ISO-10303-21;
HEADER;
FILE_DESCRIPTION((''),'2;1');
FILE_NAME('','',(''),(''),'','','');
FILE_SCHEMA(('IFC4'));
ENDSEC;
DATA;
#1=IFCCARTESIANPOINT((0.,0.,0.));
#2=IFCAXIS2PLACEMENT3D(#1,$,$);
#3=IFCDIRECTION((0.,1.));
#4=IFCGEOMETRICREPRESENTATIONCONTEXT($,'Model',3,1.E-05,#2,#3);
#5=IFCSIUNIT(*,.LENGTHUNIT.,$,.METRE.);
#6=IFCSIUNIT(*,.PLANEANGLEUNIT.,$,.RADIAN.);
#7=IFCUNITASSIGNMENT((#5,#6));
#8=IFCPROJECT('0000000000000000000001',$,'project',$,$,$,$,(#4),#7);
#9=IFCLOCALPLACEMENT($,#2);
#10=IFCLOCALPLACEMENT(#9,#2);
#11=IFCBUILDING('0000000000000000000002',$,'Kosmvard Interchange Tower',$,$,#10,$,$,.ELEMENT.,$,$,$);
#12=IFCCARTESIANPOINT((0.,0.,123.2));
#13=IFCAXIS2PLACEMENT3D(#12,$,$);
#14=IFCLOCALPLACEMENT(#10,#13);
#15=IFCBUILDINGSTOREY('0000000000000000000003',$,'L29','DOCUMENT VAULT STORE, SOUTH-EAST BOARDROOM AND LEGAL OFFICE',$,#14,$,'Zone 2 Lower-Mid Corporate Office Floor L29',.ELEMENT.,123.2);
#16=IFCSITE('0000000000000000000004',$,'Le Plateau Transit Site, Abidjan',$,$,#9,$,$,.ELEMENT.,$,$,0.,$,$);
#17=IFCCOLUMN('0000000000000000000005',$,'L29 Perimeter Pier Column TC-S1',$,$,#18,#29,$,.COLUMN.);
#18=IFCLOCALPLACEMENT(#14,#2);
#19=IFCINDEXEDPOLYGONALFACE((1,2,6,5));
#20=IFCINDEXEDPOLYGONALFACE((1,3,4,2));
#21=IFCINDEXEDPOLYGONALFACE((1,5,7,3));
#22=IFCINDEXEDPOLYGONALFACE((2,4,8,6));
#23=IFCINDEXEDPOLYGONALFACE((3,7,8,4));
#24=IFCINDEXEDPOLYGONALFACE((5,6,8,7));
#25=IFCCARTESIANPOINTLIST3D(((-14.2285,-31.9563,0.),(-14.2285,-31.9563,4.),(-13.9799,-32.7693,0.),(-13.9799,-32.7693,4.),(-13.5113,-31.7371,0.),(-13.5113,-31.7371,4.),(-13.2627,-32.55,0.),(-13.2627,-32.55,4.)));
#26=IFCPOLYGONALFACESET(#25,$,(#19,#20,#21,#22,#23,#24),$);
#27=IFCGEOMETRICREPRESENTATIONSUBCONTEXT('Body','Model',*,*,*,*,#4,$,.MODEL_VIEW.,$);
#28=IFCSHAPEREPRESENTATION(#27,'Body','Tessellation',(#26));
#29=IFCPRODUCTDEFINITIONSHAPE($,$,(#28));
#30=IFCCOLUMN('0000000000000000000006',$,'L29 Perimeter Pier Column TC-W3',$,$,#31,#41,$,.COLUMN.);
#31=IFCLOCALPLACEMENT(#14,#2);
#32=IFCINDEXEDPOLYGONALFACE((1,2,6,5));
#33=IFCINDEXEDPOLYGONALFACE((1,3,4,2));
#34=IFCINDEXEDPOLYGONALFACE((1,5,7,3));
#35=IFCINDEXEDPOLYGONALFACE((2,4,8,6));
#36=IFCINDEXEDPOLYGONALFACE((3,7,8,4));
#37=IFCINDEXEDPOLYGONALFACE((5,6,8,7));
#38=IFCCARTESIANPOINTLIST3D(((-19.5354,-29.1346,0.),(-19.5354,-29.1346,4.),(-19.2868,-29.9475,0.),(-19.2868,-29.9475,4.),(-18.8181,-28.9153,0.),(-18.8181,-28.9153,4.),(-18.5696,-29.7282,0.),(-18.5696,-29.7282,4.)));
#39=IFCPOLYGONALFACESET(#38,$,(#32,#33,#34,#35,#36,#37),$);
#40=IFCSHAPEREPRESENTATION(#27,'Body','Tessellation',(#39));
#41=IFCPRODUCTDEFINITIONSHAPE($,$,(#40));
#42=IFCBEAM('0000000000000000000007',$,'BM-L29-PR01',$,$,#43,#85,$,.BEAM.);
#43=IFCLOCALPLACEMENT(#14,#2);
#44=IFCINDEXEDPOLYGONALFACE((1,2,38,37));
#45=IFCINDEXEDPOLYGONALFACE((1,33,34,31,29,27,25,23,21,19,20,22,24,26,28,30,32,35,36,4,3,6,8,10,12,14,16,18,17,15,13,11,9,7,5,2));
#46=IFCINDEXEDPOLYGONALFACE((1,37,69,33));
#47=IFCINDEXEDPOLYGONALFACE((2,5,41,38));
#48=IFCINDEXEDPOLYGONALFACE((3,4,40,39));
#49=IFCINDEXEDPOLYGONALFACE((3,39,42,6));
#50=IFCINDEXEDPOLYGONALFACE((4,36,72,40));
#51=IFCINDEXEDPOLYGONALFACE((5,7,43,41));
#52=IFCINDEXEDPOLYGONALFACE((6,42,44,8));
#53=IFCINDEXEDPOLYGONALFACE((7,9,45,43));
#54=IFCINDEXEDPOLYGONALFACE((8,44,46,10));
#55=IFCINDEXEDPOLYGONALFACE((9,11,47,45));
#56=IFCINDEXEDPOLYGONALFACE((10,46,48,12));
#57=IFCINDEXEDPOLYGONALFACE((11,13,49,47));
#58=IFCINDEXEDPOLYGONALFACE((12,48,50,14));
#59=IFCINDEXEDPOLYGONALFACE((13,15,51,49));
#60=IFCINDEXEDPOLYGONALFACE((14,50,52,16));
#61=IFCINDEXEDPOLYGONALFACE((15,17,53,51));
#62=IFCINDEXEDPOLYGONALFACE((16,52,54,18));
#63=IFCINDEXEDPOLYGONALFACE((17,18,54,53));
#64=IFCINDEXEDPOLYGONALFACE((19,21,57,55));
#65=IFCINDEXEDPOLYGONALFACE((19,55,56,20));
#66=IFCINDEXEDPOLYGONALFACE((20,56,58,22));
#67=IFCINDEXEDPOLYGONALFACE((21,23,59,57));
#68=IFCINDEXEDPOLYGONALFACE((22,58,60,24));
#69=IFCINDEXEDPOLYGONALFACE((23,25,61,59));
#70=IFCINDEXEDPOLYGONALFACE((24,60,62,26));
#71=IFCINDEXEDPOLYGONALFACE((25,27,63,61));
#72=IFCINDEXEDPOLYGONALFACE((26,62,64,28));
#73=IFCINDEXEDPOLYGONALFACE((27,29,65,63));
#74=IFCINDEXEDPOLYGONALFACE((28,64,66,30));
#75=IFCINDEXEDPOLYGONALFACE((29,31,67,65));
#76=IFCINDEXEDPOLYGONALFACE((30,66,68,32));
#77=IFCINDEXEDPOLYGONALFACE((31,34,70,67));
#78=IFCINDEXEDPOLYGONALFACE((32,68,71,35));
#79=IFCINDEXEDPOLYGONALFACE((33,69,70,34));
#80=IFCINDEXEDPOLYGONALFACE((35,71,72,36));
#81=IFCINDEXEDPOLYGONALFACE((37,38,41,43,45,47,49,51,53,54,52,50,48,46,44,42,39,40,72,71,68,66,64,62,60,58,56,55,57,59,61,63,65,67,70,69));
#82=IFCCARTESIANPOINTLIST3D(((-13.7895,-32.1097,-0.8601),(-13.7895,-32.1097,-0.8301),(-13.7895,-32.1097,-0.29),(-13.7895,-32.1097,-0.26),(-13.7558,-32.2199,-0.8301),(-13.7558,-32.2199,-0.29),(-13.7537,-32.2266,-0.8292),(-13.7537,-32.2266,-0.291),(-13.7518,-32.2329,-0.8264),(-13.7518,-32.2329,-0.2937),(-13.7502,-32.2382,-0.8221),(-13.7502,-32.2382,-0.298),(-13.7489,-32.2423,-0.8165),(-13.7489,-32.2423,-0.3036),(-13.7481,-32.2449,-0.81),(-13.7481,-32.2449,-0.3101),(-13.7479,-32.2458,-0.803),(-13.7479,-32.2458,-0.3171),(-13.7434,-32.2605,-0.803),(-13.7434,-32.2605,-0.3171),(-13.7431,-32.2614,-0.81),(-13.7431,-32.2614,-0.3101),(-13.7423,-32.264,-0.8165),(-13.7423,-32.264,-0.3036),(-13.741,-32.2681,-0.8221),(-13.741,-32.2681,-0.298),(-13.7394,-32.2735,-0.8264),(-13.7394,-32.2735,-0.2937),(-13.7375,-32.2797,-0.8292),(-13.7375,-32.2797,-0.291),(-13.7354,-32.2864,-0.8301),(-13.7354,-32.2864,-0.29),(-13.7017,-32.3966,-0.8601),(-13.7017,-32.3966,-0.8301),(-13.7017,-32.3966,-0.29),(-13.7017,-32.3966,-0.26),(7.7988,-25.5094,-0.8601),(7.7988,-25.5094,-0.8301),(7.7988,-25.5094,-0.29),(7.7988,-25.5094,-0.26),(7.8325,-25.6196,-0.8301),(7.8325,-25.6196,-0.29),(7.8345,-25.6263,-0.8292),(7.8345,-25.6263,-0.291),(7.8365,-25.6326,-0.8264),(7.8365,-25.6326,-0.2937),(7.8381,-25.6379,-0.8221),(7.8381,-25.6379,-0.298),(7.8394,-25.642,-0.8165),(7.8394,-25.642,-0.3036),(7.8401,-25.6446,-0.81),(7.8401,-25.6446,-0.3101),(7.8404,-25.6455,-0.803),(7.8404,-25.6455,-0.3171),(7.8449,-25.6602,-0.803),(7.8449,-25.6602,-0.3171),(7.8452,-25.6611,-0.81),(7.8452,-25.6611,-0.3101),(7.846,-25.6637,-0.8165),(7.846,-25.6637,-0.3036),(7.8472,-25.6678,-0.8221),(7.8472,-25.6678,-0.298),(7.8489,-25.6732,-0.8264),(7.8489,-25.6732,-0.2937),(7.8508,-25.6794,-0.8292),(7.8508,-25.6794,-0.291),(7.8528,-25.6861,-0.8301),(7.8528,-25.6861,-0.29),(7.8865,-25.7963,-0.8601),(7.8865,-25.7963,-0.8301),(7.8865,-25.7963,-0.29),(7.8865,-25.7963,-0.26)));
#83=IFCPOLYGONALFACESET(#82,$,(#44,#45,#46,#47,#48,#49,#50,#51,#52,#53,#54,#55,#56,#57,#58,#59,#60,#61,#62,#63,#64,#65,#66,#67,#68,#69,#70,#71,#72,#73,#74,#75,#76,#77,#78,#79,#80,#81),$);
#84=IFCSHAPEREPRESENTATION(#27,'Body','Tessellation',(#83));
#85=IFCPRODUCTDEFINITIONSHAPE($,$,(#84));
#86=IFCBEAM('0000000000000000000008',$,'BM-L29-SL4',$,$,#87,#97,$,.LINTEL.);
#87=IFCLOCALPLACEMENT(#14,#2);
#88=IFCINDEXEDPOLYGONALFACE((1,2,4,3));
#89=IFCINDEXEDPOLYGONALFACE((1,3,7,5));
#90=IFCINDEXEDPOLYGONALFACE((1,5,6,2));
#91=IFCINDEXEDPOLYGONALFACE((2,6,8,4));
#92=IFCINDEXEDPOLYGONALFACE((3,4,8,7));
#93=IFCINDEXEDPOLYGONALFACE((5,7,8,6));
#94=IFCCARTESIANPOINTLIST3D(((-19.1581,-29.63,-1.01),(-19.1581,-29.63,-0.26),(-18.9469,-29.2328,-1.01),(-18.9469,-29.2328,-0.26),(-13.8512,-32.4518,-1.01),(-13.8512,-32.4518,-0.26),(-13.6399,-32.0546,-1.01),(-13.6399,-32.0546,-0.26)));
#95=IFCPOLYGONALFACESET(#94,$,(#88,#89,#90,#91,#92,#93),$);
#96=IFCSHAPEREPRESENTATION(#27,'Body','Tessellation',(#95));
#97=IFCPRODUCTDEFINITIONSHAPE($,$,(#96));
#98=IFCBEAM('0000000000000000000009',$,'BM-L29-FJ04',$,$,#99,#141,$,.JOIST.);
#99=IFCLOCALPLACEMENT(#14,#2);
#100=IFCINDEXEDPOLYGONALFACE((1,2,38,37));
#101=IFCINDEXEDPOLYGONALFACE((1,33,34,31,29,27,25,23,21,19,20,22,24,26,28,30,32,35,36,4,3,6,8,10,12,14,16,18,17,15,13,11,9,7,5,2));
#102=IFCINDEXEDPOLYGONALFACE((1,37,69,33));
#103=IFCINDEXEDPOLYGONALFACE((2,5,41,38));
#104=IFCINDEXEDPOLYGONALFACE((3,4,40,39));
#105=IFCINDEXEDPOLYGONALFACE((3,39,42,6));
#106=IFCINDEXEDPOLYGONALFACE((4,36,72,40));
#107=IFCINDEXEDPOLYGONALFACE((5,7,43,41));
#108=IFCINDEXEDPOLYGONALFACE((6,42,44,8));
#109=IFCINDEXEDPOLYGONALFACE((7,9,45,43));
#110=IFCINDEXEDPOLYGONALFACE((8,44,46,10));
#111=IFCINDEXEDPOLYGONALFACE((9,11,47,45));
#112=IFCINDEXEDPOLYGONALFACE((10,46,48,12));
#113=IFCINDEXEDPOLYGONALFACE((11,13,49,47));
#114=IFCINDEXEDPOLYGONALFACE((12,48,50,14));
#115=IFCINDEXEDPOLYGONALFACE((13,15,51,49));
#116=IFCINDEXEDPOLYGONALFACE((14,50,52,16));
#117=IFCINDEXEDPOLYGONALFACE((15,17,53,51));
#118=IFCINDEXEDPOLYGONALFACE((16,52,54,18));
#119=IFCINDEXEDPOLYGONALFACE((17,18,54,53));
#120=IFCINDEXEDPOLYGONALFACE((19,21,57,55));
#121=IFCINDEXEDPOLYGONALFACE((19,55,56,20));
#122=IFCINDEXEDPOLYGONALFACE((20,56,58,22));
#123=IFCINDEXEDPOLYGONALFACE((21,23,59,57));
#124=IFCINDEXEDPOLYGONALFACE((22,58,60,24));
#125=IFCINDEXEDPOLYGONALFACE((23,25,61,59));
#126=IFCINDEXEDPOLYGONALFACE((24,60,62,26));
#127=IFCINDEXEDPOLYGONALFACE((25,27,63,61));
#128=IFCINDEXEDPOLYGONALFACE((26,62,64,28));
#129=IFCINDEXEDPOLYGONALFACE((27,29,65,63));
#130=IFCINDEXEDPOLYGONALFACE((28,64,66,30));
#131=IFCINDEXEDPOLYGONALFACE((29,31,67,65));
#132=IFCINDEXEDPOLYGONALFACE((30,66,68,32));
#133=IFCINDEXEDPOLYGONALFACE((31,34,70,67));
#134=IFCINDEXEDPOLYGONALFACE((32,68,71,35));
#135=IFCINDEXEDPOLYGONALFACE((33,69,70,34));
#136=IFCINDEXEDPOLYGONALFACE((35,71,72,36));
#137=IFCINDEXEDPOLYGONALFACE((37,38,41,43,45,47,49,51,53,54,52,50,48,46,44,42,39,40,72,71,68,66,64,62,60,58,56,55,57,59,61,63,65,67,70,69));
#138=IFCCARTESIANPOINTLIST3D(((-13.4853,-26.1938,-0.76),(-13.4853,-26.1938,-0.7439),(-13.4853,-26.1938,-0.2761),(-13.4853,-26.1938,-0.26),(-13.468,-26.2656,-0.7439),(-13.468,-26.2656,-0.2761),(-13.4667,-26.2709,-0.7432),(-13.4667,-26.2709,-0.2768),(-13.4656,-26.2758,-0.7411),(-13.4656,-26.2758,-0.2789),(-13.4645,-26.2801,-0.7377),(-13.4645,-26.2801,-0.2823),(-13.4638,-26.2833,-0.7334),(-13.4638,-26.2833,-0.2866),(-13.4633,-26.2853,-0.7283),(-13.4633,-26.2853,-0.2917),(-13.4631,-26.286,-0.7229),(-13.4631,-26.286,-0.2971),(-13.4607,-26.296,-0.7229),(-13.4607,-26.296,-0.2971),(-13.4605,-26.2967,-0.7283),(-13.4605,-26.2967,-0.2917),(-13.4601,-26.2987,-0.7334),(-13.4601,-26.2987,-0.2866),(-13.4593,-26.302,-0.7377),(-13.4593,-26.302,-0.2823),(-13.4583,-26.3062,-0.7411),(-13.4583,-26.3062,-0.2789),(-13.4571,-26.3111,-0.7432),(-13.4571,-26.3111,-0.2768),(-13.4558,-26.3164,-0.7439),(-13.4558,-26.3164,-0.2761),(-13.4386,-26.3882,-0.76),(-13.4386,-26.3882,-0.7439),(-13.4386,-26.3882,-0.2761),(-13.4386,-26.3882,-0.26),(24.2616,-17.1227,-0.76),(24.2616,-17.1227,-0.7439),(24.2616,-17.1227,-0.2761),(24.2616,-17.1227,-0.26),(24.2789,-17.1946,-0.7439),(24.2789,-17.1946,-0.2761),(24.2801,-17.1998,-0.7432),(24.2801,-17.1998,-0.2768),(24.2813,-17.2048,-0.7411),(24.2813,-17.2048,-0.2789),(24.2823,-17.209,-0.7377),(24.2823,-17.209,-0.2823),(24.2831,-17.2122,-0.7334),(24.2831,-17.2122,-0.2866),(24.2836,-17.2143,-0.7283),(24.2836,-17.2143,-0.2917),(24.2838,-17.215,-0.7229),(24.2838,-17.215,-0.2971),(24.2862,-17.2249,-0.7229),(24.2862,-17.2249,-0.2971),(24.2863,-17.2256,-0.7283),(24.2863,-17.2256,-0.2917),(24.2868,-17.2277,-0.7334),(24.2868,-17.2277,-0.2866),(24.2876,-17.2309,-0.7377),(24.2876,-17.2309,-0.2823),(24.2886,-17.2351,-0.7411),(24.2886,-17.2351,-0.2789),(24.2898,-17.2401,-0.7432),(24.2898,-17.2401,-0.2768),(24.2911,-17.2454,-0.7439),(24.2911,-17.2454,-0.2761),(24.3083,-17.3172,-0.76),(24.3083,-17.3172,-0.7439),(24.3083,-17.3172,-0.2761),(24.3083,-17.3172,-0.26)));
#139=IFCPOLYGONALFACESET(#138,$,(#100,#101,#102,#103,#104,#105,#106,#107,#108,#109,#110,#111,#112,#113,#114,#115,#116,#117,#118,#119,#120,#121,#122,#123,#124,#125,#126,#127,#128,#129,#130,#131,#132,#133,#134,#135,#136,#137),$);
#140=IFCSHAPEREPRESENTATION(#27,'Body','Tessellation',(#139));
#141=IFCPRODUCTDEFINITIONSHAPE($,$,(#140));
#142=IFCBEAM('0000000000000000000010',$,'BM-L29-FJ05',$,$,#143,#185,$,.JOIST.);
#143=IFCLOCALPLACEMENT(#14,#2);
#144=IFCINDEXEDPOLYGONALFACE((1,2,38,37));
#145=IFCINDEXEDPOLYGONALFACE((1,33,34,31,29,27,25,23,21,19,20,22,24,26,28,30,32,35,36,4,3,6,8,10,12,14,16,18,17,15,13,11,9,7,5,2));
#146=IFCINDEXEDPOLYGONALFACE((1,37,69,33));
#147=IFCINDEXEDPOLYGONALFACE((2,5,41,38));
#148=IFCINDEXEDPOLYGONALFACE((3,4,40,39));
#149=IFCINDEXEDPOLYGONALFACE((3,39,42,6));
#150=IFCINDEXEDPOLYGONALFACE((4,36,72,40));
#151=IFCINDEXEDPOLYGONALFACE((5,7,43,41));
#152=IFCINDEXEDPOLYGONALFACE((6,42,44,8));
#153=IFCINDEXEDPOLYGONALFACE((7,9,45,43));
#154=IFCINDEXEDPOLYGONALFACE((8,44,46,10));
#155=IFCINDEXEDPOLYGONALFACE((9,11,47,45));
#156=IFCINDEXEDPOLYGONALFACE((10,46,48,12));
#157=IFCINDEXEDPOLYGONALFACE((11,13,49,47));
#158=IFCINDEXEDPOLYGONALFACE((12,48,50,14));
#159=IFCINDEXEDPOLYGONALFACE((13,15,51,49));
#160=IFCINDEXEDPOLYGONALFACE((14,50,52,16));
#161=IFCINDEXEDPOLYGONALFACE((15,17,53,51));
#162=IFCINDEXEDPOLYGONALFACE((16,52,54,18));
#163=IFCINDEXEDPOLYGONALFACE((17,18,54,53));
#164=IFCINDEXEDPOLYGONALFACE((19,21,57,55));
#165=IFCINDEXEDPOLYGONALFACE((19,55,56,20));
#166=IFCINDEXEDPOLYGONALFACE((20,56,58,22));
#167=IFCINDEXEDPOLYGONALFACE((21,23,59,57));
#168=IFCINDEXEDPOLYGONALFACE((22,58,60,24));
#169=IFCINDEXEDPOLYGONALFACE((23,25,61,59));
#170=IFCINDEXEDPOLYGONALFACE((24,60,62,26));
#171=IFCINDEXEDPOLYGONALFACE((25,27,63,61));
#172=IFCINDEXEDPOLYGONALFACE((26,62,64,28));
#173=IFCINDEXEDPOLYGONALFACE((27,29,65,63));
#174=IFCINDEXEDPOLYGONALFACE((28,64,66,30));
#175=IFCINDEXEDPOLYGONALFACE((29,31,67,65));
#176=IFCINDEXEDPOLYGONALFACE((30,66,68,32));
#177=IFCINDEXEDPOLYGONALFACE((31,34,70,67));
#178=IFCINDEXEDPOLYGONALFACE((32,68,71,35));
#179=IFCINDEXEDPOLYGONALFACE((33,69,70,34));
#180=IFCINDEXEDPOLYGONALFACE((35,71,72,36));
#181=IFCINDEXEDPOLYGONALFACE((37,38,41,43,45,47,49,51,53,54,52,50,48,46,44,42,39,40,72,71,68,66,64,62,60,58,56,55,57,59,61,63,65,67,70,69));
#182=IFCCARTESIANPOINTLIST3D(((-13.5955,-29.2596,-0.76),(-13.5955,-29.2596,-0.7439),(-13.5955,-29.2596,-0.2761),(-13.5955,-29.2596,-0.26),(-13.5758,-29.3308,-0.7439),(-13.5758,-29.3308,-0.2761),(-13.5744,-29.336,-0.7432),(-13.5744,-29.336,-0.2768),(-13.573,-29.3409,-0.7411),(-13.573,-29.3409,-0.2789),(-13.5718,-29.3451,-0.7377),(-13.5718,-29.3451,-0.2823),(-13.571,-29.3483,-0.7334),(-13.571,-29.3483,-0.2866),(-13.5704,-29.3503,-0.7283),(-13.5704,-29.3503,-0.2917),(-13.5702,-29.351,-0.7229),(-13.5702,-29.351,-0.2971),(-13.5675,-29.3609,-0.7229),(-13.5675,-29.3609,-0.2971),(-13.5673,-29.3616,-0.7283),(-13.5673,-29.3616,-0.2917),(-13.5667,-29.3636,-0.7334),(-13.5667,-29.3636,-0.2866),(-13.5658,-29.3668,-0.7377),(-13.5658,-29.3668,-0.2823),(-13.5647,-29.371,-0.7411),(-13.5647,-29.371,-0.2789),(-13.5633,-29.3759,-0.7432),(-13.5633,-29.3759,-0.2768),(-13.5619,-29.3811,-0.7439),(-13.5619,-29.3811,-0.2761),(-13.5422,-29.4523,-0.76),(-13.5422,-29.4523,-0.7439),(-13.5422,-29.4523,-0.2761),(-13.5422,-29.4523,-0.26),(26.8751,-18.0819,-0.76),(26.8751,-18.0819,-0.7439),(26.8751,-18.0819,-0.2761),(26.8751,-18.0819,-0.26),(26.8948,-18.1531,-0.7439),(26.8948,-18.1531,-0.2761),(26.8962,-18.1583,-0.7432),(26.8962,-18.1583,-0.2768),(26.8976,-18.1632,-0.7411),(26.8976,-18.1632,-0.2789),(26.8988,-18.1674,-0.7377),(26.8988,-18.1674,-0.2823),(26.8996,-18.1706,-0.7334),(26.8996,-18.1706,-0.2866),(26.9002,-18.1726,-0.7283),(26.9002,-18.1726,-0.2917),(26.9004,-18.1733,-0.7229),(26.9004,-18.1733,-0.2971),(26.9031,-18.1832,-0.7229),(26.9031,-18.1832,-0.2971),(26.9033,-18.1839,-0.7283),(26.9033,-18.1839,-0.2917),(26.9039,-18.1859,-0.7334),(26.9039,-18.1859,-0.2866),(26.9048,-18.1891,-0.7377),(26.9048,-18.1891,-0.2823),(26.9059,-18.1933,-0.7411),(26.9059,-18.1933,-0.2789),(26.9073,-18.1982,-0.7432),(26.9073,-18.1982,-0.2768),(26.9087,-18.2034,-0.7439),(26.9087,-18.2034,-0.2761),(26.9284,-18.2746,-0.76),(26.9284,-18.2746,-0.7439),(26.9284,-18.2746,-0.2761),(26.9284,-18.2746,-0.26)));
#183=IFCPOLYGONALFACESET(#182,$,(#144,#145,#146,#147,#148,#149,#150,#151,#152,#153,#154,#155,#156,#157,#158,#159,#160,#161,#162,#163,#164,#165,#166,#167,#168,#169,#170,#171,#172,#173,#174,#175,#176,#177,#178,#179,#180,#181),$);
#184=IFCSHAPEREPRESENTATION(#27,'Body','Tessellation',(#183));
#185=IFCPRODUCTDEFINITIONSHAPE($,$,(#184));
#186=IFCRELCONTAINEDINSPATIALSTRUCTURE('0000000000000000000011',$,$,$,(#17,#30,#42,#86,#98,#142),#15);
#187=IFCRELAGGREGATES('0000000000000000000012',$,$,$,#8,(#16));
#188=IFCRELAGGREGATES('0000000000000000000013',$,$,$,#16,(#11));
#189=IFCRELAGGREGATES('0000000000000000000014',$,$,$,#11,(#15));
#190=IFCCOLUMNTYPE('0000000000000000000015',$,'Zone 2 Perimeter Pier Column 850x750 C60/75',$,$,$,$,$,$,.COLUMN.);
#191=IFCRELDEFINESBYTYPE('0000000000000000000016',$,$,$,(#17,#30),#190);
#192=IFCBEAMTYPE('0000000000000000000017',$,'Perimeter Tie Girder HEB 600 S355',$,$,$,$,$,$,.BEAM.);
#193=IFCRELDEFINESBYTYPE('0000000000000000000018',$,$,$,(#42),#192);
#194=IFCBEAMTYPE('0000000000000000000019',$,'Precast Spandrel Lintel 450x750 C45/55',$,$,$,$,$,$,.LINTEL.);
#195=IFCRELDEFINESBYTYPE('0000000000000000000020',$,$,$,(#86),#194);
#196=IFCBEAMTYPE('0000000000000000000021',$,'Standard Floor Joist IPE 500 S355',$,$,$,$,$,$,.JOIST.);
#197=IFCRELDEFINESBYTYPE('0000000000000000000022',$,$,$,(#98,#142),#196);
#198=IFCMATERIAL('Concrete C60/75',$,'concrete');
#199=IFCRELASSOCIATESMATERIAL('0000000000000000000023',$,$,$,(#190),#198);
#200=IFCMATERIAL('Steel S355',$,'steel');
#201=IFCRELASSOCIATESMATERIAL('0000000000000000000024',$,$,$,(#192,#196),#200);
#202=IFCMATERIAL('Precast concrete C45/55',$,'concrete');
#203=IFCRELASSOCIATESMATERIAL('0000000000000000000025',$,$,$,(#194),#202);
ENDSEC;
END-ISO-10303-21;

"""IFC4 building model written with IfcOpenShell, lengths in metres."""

from ifc_helpers import new_model, si_unit, direction, frame, origin, origin_2d, place, context, subcontext, project, spatial, rectangle, i_section, extrude, source, transform, mapped, material, material_profile, profile_set, type_object, element, save


model = new_model("IFC4")

# Units and contexts
model_context = context("Model", 3, precision=1e-05, world=origin(), true_north=direction((0.0, 1.0)))
body_context = subcontext(model_context, "Body", "Model", "MODEL_VIEW")
ifc_project = project(units=[si_unit("LENGTHUNIT", "METRE"), si_unit("PLANEANGLEUNIT", "RADIAN")], contexts=[model_context])

# Site, building, storey
site_placement = place(None, origin())
site = spatial("IfcSite", under=ifc_project, at=site_placement, Name="Le Plateau Transit Site, Abidjan", CompositionType="ELEMENT", RefElevation=0.0)
building_placement = place(site_placement, origin())
building = spatial("IfcBuilding", under=site, at=building_placement, Name="Kosmvard Interchange Tower", CompositionType="ELEMENT")
storey_placement = place(building_placement, frame((0.0, 0.0, 123.2)))
storey = spatial("IfcBuildingStorey", under=building, at=storey_placement, Name="L29", Description="DOCUMENT VAULT STORE, SOUTH-EAST BOARDROOM AND LEGAL OFFICE", LongName="Zone 2 Lower-Mid Corporate Office Floor L29", CompositionType="ELEMENT", Elevation=123.2)

# Columns
ifc_material_1 = material(Name="Concrete C60/75", Category="concrete")
ifc_material_profile_1 = material_profile(ifc_material_1, rectangle(XDim=0.75, YDim=0.8501, at=origin_2d()), Name="TC 850x750")
ifc_profile_set_1 = profile_set([ifc_material_profile_1], Name="Concrete C60/75")
column_type = type_object("IfcColumnType", Name="Zone 2 Perimeter Pier Column 850x750 C60/75", PredefinedType="COLUMN", material=ifc_profile_set_1)
shared_shape_1 = source(origin(), body_context, "Body", "SweptSolid", [
    extrude(rectangle(XDim=0.75, YDim=0.8501, at=origin_2d()), origin(), (0.0, 0.0, 1.0), 4.0),
])
for number, where, z_axis, x_axis, name in (
    (1, (-13.7456, -32.2532, 0.0), (0.0, 0.0, 1.0), (0.956305, 0.292372, 0.0), "L29 Perimeter Pier Column TC-S1"),
    (2, (-19.0525, -29.4314, 0.0), (0.0, 0.0, 1.0), (0.956305, 0.292372, 0.0), "L29 Perimeter Pier Column TC-W3"),
):
    element("IfcColumn", number, at=place(storey_placement, frame(where, z_axis=z_axis, x_axis=x_axis)), inside=storey, type_object=column_type, Name=name, PredefinedType="COLUMN", context=body_context, shape_type="MappedRepresentation", body=[
        mapped(shared_shape_1, transform((0.0, 0.0, 0.0), scale=1.0)),
    ])

# Beams
ifc_material_2 = material(Name="Steel S355", Category="steel")
ifc_material_profile_2 = material_profile(ifc_material_2, i_section(OverallWidth=0.3, OverallDepth=0.6001, WebThickness=0.0154, FlangeThickness=0.03, FilletRadius=0.0271, at=origin_2d()), Name="HEB 600")
ifc_profile_set_2 = profile_set([ifc_material_profile_2], Name="Steel S355")
beam_type_1 = type_object("IfcBeamType", Name="Perimeter Tie Girder HEB 600 S355", PredefinedType="BEAM", material=ifc_profile_set_2)
shared_shape_2 = source(origin(), body_context, "Body", "SweptSolid", [
    extrude(i_section(OverallWidth=0.3, OverallDepth=0.6001, WebThickness=0.0154, FlangeThickness=0.03, FilletRadius=0.0271, at=origin_2d()), origin(), (0.0, 0.0, 1.0), 22.5747),
])
beam_1_placement = place(storey_placement, frame((-13.7456, -32.2532, -0.5601), z_axis=(0.956303, 0.292376, 0.0), x_axis=(-0.292376, 0.956303, 0.0)))
element("IfcBeam", 3, at=beam_1_placement, inside=storey, type_object=beam_type_1, Name="BM-L29-PR01", PredefinedType="BEAM", context=body_context, shape_type="MappedRepresentation", body=[
    mapped(shared_shape_2, transform((0.0, 0.0, 0.0), scale=1.0)),
])
ifc_material_3 = material(Name="Precast concrete C45/55", Category="concrete")
ifc_material_profile_3 = material_profile(ifc_material_3, rectangle(XDim=0.45, YDim=0.75, at=origin_2d()), Name="SL 450x750")
ifc_profile_set_3 = profile_set([ifc_material_profile_3], Name="Precast concrete C45/55")
beam_type_2 = type_object("IfcBeamType", Name="Precast Spandrel Lintel 450x750 C45/55", PredefinedType="LINTEL", material=ifc_profile_set_3)
shared_shape_3 = source(origin(), body_context, "Body", "SweptSolid", [
    extrude(rectangle(XDim=0.45, YDim=0.75, at=origin_2d()), origin(), (0.0, 0.0, 1.0), 6.0105),
])
beam_2_placement = place(storey_placement, frame((-19.0525, -29.4314, -0.635), z_axis=(0.882944, -0.469479, 0.0), x_axis=(0.469479, 0.882944, 0.0)))
element("IfcBeam", 4, at=beam_2_placement, inside=storey, type_object=beam_type_2, Name="BM-L29-SL4", PredefinedType="LINTEL", context=body_context, shape_type="MappedRepresentation", body=[
    mapped(shared_shape_3, transform((0.0, 0.0, 0.0), scale=1.0)),
])
ifc_material_profile_4 = material_profile(ifc_material_2, i_section(OverallWidth=0.2, OverallDepth=0.5, WebThickness=0.0103, FlangeThickness=0.0161, FilletRadius=0.021, at=origin_2d()), Name="IPE 500")
ifc_profile_set_4 = profile_set([ifc_material_profile_4], Name="Steel S355")
beam_type_3 = type_object("IfcBeamType", Name="Standard Floor Joist IPE 500 S355", PredefinedType="JOIST", material=ifc_profile_set_4)
shared_shape_4 = source(origin(), body_context, "Body", "SweptSolid", [
    extrude(i_section(OverallWidth=0.2, OverallDepth=0.5, WebThickness=0.0103, FlangeThickness=0.0161, FilletRadius=0.021, at=origin_2d()), origin(), (0.0, 0.0, 1.0), 38.8215),
])
beam_3_placement = place(storey_placement, frame((-13.4619, -26.291, -0.51), z_axis=(0.972318, 0.233661, 0.0), x_axis=(-0.233661, 0.972318, 0.0)))
element("IfcBeam", 5, at=beam_3_placement, inside=storey, type_object=beam_type_3, Name="BM-L29-FJ04", PredefinedType="JOIST", context=body_context, shape_type="MappedRepresentation", body=[
    mapped(shared_shape_4, transform((0.0, 0.0, 0.0), scale=1.0)),
])
shared_shape_5 = source(origin(), body_context, "Body", "SweptSolid", [
    extrude(i_section(OverallWidth=0.2, OverallDepth=0.5, WebThickness=0.0103, FlangeThickness=0.0161, FilletRadius=0.021, at=origin_2d()), origin(), (0.0, 0.0, 1.0), 41.9858),
])
beam_4_placement = place(storey_placement, frame((-13.5688, -29.356, -0.51), z_axis=(0.963911, 0.266226, 0.0), x_axis=(-0.266226, 0.963911, 0.0)))
element("IfcBeam", 6, at=beam_4_placement, inside=storey, type_object=beam_type_3, Name="BM-L29-FJ05", PredefinedType="JOIST", context=body_context, shape_type="MappedRepresentation", body=[
    mapped(shared_shape_5, transform((0.0, 0.0, 0.0), scale=1.0)),
])

save(model, "model.ifc")
